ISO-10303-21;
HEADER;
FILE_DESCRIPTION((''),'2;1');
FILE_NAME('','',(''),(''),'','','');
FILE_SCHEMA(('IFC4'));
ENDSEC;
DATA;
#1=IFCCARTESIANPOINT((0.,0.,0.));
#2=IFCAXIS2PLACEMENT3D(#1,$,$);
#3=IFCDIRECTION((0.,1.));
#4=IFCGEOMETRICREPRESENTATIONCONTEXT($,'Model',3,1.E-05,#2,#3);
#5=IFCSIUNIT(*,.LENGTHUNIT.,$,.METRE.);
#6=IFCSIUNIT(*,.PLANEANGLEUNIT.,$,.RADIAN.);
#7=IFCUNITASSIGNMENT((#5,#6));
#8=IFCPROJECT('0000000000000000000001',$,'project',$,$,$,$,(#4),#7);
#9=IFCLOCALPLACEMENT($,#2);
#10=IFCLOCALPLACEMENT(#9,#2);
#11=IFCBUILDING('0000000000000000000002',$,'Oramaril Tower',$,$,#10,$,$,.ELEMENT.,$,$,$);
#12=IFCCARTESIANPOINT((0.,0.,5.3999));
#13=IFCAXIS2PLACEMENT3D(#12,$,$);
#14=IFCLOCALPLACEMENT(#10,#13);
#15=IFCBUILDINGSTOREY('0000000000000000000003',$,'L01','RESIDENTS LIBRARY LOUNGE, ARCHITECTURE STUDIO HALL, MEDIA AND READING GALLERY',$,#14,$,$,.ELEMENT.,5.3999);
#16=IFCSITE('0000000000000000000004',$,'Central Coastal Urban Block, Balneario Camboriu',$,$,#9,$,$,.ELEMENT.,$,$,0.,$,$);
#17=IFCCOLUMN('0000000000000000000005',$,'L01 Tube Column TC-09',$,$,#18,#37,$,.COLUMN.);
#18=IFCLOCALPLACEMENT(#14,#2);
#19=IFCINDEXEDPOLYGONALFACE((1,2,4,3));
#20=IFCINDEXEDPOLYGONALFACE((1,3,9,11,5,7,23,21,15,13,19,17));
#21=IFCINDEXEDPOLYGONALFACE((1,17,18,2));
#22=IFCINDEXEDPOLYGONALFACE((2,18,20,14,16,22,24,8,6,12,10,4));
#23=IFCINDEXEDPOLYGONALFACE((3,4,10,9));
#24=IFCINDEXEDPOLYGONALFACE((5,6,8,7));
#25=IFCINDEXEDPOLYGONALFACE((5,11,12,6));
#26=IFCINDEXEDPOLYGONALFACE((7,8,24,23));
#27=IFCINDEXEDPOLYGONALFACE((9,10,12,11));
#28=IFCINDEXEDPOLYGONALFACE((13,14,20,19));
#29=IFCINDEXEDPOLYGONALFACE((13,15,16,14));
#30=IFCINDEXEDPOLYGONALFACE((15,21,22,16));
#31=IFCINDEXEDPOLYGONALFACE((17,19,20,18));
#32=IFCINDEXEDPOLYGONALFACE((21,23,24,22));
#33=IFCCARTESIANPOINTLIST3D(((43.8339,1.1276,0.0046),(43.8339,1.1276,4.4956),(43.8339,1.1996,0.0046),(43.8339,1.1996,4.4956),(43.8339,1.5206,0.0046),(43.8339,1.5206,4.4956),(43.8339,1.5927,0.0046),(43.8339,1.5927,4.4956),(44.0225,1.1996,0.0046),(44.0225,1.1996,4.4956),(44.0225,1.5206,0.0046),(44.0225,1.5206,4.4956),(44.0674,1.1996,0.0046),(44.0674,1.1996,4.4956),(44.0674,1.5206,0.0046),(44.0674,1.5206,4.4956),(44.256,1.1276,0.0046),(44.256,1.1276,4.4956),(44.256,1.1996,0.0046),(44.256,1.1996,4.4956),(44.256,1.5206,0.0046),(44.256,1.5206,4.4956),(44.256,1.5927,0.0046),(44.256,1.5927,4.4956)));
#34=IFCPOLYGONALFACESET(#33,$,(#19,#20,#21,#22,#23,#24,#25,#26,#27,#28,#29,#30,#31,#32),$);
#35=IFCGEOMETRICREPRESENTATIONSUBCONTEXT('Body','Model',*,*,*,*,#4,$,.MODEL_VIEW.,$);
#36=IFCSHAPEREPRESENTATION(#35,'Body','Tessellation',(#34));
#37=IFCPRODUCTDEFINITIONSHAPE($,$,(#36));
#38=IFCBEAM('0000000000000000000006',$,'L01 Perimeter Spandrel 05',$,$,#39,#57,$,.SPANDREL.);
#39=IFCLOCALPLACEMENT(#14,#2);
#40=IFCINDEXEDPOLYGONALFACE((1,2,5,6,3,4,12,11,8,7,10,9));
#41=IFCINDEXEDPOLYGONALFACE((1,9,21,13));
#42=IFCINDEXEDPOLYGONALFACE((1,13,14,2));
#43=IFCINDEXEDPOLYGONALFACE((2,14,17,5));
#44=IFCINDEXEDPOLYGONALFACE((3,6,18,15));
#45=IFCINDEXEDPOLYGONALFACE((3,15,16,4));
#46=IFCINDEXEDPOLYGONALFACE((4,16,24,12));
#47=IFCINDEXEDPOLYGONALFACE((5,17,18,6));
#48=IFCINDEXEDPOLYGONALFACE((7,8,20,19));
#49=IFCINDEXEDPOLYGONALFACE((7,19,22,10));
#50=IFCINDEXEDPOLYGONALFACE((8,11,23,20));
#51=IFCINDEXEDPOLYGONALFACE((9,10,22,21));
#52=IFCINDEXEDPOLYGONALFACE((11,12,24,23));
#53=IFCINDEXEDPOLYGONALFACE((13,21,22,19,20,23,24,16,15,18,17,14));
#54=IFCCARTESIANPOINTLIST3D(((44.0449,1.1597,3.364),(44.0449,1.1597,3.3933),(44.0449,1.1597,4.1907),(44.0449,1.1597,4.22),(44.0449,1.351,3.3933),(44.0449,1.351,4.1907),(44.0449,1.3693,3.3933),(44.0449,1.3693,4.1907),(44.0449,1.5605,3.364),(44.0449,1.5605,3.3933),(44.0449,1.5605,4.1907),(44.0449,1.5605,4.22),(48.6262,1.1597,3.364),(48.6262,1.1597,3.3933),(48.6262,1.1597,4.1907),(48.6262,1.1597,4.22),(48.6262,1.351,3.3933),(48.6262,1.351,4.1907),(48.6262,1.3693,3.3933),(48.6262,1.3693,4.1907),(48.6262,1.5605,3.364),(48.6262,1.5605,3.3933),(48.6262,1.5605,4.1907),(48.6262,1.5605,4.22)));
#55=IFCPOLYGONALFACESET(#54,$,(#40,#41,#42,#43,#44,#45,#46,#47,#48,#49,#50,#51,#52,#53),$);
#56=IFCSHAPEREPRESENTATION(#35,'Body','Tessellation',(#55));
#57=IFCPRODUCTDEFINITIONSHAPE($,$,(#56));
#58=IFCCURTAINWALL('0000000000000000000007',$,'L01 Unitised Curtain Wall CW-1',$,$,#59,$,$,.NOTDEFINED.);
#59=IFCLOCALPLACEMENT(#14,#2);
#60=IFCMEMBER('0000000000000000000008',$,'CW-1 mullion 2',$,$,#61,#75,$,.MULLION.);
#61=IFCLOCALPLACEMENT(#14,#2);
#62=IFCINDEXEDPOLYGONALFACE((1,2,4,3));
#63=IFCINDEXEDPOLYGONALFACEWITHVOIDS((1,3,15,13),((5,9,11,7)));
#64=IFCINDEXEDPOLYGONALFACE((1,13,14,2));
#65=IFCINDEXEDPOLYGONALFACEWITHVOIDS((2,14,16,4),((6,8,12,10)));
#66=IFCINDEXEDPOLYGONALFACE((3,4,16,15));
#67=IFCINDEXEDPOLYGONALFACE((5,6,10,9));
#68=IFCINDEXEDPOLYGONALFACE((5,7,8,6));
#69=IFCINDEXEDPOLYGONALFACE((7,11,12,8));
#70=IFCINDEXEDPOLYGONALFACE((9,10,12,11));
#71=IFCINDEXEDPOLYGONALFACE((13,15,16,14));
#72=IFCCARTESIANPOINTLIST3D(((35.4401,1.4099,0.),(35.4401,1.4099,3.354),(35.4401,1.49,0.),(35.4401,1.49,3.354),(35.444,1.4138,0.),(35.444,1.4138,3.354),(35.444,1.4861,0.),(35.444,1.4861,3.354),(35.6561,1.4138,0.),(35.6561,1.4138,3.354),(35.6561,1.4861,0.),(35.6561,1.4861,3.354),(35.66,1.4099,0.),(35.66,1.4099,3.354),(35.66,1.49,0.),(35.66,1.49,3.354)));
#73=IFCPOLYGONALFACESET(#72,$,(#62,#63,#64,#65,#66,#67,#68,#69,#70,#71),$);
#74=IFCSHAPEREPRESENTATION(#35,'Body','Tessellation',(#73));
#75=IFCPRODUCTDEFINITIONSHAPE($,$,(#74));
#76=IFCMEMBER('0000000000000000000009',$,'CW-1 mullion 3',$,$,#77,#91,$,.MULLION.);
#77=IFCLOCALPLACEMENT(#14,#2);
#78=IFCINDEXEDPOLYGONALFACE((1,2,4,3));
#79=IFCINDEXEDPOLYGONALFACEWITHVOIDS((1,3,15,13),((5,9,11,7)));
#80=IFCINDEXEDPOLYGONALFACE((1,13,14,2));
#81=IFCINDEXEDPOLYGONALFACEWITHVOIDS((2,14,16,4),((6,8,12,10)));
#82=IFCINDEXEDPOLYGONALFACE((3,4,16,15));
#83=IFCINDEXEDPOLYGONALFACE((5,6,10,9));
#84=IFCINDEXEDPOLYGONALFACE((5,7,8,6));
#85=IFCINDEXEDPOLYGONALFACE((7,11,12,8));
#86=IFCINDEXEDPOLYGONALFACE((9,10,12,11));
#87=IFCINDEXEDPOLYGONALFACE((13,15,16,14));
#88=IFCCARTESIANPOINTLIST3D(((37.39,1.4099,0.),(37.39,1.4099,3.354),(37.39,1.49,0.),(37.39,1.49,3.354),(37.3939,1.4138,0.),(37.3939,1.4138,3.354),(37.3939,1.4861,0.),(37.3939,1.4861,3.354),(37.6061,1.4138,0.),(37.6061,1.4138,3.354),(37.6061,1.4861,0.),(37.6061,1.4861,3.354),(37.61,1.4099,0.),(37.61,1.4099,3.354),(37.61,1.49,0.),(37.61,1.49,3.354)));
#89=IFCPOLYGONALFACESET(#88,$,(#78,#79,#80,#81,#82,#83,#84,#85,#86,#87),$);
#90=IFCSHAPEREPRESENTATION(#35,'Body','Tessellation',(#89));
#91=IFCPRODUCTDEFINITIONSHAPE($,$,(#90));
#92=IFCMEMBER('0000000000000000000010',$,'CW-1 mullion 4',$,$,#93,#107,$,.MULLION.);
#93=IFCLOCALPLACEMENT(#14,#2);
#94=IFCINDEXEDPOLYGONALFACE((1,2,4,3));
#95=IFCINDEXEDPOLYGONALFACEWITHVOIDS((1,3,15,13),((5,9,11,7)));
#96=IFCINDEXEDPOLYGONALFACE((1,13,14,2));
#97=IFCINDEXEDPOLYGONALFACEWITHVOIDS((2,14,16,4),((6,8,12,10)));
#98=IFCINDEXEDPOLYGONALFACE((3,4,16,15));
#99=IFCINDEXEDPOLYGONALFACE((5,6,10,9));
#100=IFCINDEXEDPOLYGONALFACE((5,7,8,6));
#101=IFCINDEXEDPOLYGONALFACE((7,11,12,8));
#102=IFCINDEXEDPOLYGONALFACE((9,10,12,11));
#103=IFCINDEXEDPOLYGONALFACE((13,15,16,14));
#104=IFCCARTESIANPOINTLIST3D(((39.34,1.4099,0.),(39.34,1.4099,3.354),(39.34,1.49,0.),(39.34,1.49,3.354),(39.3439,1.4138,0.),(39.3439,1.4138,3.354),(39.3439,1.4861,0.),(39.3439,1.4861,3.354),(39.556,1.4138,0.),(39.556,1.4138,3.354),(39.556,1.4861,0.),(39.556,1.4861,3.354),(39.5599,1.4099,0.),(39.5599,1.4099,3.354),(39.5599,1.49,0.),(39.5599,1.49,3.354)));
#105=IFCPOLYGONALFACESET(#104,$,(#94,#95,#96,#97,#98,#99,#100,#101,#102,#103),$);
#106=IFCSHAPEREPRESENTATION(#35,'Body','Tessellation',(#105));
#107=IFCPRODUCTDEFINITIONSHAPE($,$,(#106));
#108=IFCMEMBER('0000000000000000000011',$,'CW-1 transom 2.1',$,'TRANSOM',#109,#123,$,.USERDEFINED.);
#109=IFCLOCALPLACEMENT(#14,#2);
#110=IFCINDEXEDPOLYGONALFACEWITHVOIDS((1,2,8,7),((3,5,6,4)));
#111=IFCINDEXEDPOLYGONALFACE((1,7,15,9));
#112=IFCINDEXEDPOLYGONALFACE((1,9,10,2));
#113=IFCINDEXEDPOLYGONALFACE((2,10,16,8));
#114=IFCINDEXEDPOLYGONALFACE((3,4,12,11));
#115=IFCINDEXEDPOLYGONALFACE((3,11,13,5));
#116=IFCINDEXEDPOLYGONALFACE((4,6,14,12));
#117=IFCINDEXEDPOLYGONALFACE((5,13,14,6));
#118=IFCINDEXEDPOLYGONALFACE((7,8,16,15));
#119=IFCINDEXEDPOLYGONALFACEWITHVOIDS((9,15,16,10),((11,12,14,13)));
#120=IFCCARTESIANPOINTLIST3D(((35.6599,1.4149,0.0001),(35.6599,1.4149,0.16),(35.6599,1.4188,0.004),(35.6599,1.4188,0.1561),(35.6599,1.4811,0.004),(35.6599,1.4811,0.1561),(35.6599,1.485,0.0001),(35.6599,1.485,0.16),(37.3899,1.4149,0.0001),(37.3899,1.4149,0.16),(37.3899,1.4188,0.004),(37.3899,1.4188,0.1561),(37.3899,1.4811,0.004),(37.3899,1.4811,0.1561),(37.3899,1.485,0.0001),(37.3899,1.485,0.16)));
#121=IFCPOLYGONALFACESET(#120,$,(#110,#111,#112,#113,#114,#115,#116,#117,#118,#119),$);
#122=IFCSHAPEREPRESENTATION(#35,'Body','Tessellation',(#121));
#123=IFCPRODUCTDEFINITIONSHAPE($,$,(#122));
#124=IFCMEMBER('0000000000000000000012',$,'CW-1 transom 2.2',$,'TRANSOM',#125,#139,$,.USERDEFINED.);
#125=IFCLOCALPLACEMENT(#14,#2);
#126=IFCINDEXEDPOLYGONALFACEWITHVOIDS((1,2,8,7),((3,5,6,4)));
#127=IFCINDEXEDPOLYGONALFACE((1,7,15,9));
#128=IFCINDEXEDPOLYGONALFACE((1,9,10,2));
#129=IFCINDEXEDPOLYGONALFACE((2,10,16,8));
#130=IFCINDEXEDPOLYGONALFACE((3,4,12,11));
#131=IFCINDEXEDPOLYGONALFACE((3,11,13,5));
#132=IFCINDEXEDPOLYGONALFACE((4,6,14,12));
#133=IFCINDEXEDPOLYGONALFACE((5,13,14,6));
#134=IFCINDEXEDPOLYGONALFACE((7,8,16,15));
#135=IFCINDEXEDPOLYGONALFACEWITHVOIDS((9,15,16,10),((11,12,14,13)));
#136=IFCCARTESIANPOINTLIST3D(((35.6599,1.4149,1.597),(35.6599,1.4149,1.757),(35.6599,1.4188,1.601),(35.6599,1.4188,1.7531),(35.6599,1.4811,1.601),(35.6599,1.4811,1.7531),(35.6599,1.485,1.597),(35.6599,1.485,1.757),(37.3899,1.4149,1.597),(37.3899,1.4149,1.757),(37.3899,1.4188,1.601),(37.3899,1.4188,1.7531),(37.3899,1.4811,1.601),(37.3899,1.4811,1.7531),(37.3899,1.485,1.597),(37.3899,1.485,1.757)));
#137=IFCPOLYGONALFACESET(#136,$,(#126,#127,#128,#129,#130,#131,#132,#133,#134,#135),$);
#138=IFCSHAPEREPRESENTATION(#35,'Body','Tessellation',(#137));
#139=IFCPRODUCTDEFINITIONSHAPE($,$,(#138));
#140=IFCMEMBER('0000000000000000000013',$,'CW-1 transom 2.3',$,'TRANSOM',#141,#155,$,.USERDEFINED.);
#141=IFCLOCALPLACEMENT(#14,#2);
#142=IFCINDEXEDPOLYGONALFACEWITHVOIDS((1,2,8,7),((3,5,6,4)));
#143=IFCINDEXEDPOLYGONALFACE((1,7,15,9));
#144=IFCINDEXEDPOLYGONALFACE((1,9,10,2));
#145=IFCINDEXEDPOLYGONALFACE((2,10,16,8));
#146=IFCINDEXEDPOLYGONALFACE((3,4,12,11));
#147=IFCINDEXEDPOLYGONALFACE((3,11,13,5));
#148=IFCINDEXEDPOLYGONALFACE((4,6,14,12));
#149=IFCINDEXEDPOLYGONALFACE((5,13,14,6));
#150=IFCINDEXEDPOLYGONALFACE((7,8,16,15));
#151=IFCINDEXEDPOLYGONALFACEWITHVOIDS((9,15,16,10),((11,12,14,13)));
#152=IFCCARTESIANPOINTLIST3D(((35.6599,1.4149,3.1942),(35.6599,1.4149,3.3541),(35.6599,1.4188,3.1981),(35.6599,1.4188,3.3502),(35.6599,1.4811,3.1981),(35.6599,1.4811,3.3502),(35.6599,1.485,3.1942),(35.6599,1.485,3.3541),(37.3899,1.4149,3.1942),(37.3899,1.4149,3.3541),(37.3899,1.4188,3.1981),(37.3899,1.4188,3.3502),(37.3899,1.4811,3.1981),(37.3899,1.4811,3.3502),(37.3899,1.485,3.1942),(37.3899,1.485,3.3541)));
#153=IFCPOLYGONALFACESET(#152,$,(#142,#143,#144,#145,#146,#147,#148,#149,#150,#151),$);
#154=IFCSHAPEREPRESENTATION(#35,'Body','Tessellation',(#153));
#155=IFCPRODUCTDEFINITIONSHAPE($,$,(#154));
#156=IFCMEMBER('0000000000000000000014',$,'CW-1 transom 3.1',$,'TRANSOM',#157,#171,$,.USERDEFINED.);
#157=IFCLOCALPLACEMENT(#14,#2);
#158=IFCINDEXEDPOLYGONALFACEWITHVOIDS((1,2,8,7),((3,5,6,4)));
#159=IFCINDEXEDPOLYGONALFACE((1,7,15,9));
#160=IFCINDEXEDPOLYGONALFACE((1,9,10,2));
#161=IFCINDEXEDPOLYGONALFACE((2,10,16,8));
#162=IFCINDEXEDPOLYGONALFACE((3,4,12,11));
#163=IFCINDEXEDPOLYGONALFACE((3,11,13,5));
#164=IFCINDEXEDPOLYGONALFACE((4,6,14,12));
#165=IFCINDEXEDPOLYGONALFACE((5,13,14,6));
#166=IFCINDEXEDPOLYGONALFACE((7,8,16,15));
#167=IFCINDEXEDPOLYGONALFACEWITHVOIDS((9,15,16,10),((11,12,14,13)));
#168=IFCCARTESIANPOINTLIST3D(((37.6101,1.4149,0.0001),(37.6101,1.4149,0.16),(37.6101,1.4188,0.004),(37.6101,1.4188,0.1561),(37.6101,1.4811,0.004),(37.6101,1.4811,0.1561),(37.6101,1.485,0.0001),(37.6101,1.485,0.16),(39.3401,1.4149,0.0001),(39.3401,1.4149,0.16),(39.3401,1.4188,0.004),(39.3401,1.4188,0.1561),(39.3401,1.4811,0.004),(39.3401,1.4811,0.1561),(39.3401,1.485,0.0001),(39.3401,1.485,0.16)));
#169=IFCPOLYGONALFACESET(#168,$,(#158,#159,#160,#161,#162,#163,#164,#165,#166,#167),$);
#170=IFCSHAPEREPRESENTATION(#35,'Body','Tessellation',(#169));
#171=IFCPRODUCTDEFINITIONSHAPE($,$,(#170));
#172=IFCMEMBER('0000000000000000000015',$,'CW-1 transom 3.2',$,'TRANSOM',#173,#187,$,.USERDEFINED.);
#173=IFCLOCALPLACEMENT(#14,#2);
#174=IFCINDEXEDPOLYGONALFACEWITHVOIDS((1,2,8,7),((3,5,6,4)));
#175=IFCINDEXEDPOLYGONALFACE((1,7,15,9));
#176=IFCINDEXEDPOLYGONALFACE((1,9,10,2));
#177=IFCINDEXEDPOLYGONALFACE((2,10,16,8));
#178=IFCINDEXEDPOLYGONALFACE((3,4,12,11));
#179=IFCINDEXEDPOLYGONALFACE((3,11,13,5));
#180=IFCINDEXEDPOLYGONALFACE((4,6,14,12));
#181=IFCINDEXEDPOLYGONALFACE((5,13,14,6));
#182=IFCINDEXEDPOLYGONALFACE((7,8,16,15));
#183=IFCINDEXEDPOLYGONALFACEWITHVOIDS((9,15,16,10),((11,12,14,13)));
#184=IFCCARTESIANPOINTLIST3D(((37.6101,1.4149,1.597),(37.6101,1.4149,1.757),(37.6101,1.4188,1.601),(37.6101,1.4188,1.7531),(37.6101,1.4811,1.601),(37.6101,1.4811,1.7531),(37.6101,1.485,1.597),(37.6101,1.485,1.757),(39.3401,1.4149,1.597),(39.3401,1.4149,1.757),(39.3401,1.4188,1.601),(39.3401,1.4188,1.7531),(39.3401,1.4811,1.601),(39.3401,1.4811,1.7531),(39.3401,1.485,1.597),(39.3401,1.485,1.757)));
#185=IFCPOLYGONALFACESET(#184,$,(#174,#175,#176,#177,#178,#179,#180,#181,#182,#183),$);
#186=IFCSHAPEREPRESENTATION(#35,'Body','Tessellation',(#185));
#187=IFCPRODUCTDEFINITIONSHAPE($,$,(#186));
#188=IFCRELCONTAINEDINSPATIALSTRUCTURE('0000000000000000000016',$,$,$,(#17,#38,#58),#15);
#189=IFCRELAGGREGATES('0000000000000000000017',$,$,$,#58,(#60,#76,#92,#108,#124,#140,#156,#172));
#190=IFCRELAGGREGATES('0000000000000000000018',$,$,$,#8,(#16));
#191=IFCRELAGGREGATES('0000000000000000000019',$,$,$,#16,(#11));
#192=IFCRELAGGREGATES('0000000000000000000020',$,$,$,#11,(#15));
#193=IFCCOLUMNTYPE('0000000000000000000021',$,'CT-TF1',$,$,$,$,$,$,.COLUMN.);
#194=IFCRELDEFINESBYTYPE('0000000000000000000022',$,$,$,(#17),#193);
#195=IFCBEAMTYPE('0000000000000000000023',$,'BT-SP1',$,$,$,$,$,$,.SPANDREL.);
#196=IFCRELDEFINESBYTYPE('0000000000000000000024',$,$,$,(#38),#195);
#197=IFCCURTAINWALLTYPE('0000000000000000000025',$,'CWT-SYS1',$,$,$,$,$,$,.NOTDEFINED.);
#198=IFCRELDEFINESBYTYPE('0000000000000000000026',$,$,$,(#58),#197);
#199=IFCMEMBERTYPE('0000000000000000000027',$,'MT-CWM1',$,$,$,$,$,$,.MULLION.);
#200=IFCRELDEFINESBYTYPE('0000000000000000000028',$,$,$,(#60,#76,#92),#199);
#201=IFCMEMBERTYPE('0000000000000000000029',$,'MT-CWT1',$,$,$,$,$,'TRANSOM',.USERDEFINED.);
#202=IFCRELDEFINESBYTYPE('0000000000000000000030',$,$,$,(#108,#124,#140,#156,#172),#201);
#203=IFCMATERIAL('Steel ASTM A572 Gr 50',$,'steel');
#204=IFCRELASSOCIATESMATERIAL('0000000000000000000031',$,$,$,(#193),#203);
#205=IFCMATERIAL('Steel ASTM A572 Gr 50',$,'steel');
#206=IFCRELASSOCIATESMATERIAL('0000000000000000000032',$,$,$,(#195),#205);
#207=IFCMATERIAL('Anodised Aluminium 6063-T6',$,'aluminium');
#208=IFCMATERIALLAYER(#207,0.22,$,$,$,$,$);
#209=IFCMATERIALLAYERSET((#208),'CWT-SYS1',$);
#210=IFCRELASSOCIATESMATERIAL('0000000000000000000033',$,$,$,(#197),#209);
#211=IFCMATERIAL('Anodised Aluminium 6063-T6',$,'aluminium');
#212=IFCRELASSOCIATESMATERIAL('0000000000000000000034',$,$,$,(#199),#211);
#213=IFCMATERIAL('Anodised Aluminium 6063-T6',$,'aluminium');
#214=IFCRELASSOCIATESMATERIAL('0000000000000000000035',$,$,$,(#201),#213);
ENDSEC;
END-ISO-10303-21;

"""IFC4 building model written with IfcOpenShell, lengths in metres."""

from ifc_helpers import new_model, si_unit, direction, frame, origin, origin_2d, place, context, subcontext, project, spatial, hollow_rectangle, i_section, extrude, material, layer, layer_set, material_profile, profile_set, type_object, element, aggregate, save


model = new_model("IFC4")

# Units and contexts
model_context = context("Model", 3, precision=1e-05, world=origin(), true_north=direction((0.0, 1.0)))
body_context = subcontext(model_context, "Body", "Model", "MODEL_VIEW")
ifc_project = project(units=[si_unit("LENGTHUNIT", "METRE"), si_unit("PLANEANGLEUNIT", "RADIAN")], contexts=[model_context])

# Site, building, storey
site_placement = place(None, origin())
site = spatial("IfcSite", under=ifc_project, at=site_placement, Name="Central Coastal Urban Block, Balneario Camboriu", CompositionType="ELEMENT", RefElevation=0.0)
building_placement = place(site_placement, origin())
building = spatial("IfcBuilding", under=site, at=building_placement, Name="Oramaril Tower", CompositionType="ELEMENT")
storey_placement = place(building_placement, frame((0.0, 0.0, 5.3999)))
storey = spatial("IfcBuildingStorey", under=building, at=storey_placement, Name="L01", Description="RESIDENTS LIBRARY LOUNGE, ARCHITECTURE STUDIO HALL, MEDIA AND READING GALLERY", CompositionType="ELEMENT", Elevation=5.3999)

# Column
ifc_material_1 = material(Name="Steel ASTM A572 Gr 50", Category="steel")
ifc_material_profile_1 = material_profile(ifc_material_1, i_section(OverallWidth=0.4221, OverallDepth=0.4651, WebThickness=0.0449, FlangeThickness=0.072, at=origin_2d()), Name="W14X398")
ifc_profile_set_1 = profile_set([ifc_material_profile_1], Name="Steel ASTM A572 Gr 50")
column_type = type_object("IfcColumnType", Name="CT-TF1", PredefinedType="COLUMN", material=ifc_profile_set_1)
column_placement = place(storey_placement, frame((44.0449, 1.3601, 0.0046), z_axis=(0.0, 0.0, 1.0), x_axis=(1.0, 0.0, 0.0)))
element("IfcColumn", 1, at=column_placement, inside=storey, type_object=column_type, Name="L01 Tube Column TC-09", PredefinedType="COLUMN", context=body_context, shape_type="SweptSolid", body=[
    extrude(i_section(OverallWidth=0.4221, OverallDepth=0.4651, WebThickness=0.0449, FlangeThickness=0.072, at=origin_2d()), origin(), (0.0, 0.0, 1.0), 4.491),
])

# Beam
ifc_material_2 = material(Name="Steel ASTM A572 Gr 50", Category="steel")
ifc_material_profile_2 = material_profile(ifc_material_2, i_section(OverallWidth=0.4009, OverallDepth=0.856, WebThickness=0.0183, FlangeThickness=0.0293, at=origin_2d()), Name="W33X201")
ifc_profile_set_2 = profile_set([ifc_material_profile_2], Name="Steel ASTM A572 Gr 50")
beam_type = type_object("IfcBeamType", Name="BT-SP1", PredefinedType="SPANDREL", material=ifc_profile_set_2)
beam_placement = place(storey_placement, frame((44.0449, 1.3601, 3.792), z_axis=(1.0, 0.0, 0.0), x_axis=(0.0, 1.0, 0.0)))
element("IfcBeam", 2, at=beam_placement, inside=storey, type_object=beam_type, Name="L01 Perimeter Spandrel 05", PredefinedType="SPANDREL", context=body_context, shape_type="SweptSolid", body=[
    extrude(i_section(OverallWidth=0.4009, OverallDepth=0.856, WebThickness=0.0183, FlangeThickness=0.0293, at=origin_2d()), origin(), (0.0, 0.0, 1.0), 4.5813),
])

# Curtain wall, members
ifc_material_3 = material(Name="Anodised Aluminium 6063-T6", Category="aluminium")
ifc_layer_1 = layer(ifc_material_3, 0.22)
ifc_layer_set_1 = layer_set([ifc_layer_1], Name="CWT-SYS1")
curtain_wall_type = type_object("IfcCurtainWallType", Name="CWT-SYS1", PredefinedType="NOTDEFINED", material=ifc_layer_set_1)
curtain_wall_placement = place(storey_placement, origin())
curtain_wall = element("IfcCurtainWall", 3, at=curtain_wall_placement, inside=storey, type_object=curtain_wall_type, Name="L01 Unitised Curtain Wall CW-1", PredefinedType="NOTDEFINED")
ifc_material_4 = material(Name="Anodised Aluminium 6063-T6", Category="aluminium")
ifc_material_profile_3 = material_profile(ifc_material_4, hollow_rectangle(XDim=0.0801, YDim=0.22, WallThickness=0.0039, at=origin_2d()), Name="CWM220X80")
ifc_profile_set_3 = profile_set([ifc_material_profile_3], Name="Anodised Aluminium 6063-T6")
member_type_1 = type_object("IfcMemberType", Name="MT-CWM1", PredefinedType="MULLION", material=ifc_profile_set_3)
member_1_placement = place(storey_placement, frame((35.55, 1.45, 0.0), z_axis=(0.0, 0.0, 1.0), x_axis=(0.0, 1.0, 0.0)))
member_1 = element("IfcMember", 4, at=member_1_placement, type_object=member_type_1, Name="CW-1 mullion 2", PredefinedType="MULLION", context=body_context, shape_type="SweptSolid", body=[
    extrude(hollow_rectangle(XDim=0.0801, YDim=0.22, WallThickness=0.0039, at=origin_2d()), origin(), (0.0, 0.0, 1.0), 3.354),
])
member_2_placement = place(storey_placement, frame((37.5, 1.45, 0.0), z_axis=(0.0, 0.0, 1.0), x_axis=(0.0, 1.0, 0.0)))
member_2 = element("IfcMember", 5, at=member_2_placement, type_object=member_type_1, Name="CW-1 mullion 3", PredefinedType="MULLION", context=body_context, shape_type="SweptSolid", body=[
    extrude(hollow_rectangle(XDim=0.0801, YDim=0.22, WallThickness=0.0039, at=origin_2d()), origin(), (0.0, 0.0, 1.0), 3.354),
])
member_3_placement = place(storey_placement, frame((39.45, 1.45, 0.0), z_axis=(0.0, 0.0, 1.0), x_axis=(0.0, 1.0, 0.0)))
member_3 = element("IfcMember", 6, at=member_3_placement, type_object=member_type_1, Name="CW-1 mullion 4", PredefinedType="MULLION", context=body_context, shape_type="SweptSolid", body=[
    extrude(hollow_rectangle(XDim=0.0801, YDim=0.22, WallThickness=0.0039, at=origin_2d()), origin(), (0.0, 0.0, 1.0), 3.354),
])
ifc_material_5 = material(Name="Anodised Aluminium 6063-T6", Category="aluminium")
ifc_material_profile_4 = material_profile(ifc_material_5, hollow_rectangle(XDim=0.0701, YDim=0.1599, WallThickness=0.0039, at=origin_2d()), Name="CWT160X70")
ifc_profile_set_4 = profile_set([ifc_material_profile_4], Name="Anodised Aluminium 6063-T6")
member_type_2 = type_object("IfcMemberType", Name="MT-CWT1", ElementType="TRANSOM", PredefinedType="USERDEFINED", material=ifc_profile_set_4)
member_4_placement = place(storey_placement, frame((35.6599, 1.45, 0.0801), z_axis=(1.0, 0.0, 0.0), x_axis=(0.0, 1.0, 0.0)))
member_4 = element("IfcMember", 7, at=member_4_placement, type_object=member_type_2, Name="CW-1 transom 2.1", ObjectType="TRANSOM", PredefinedType="USERDEFINED", context=body_context, shape_type="SweptSolid", body=[
    extrude(hollow_rectangle(XDim=0.0701, YDim=0.1599, WallThickness=0.0039, at=origin_2d()), origin(), (0.0, 0.0, 1.0), 1.73),
])
member_5_placement = place(storey_placement, frame((35.6599, 1.45, 1.677), z_axis=(1.0, 0.0, 0.0), x_axis=(0.0, 1.0, 0.0)))
member_5 = element("IfcMember", 8, at=member_5_placement, type_object=member_type_2, Name="CW-1 transom 2.2", ObjectType="TRANSOM", PredefinedType="USERDEFINED", context=body_context, shape_type="SweptSolid", body=[
    extrude(hollow_rectangle(XDim=0.0701, YDim=0.1599, WallThickness=0.0039, at=origin_2d()), origin(), (0.0, 0.0, 1.0), 1.73),
])
member_6_placement = place(storey_placement, frame((35.6599, 1.45, 3.2742), z_axis=(1.0, 0.0, 0.0), x_axis=(0.0, 1.0, 0.0)))
member_6 = element("IfcMember", 9, at=member_6_placement, type_object=member_type_2, Name="CW-1 transom 2.3", ObjectType="TRANSOM", PredefinedType="USERDEFINED", context=body_context, shape_type="SweptSolid", body=[
    extrude(hollow_rectangle(XDim=0.0701, YDim=0.1599, WallThickness=0.0039, at=origin_2d()), origin(), (0.0, 0.0, 1.0), 1.73),
])
member_7_placement = place(storey_placement, frame((37.6101, 1.45, 0.0801), z_axis=(1.0, 0.0, 0.0), x_axis=(0.0, 1.0, 0.0)))
member_7 = element("IfcMember", 10, at=member_7_placement, type_object=member_type_2, Name="CW-1 transom 3.1", ObjectType="TRANSOM", PredefinedType="USERDEFINED", context=body_context, shape_type="SweptSolid", body=[
    extrude(hollow_rectangle(XDim=0.0701, YDim=0.1599, WallThickness=0.0039, at=origin_2d()), origin(), (0.0, 0.0, 1.0), 1.73),
])
member_8_placement = place(storey_placement, frame((37.6101, 1.45, 1.677), z_axis=(1.0, 0.0, 0.0), x_axis=(0.0, 1.0, 0.0)))
member_8 = element("IfcMember", 11, at=member_8_placement, type_object=member_type_2, Name="CW-1 transom 3.2", ObjectType="TRANSOM", PredefinedType="USERDEFINED", context=body_context, shape_type="SweptSolid", body=[
    extrude(hollow_rectangle(XDim=0.0701, YDim=0.1599, WallThickness=0.0039, at=origin_2d()), origin(), (0.0, 0.0, 1.0), 1.73),
])
aggregate(curtain_wall, [member_1, member_2, member_3, member_4, member_5, member_6, member_7, member_8])

save(model, "model.ifc")
